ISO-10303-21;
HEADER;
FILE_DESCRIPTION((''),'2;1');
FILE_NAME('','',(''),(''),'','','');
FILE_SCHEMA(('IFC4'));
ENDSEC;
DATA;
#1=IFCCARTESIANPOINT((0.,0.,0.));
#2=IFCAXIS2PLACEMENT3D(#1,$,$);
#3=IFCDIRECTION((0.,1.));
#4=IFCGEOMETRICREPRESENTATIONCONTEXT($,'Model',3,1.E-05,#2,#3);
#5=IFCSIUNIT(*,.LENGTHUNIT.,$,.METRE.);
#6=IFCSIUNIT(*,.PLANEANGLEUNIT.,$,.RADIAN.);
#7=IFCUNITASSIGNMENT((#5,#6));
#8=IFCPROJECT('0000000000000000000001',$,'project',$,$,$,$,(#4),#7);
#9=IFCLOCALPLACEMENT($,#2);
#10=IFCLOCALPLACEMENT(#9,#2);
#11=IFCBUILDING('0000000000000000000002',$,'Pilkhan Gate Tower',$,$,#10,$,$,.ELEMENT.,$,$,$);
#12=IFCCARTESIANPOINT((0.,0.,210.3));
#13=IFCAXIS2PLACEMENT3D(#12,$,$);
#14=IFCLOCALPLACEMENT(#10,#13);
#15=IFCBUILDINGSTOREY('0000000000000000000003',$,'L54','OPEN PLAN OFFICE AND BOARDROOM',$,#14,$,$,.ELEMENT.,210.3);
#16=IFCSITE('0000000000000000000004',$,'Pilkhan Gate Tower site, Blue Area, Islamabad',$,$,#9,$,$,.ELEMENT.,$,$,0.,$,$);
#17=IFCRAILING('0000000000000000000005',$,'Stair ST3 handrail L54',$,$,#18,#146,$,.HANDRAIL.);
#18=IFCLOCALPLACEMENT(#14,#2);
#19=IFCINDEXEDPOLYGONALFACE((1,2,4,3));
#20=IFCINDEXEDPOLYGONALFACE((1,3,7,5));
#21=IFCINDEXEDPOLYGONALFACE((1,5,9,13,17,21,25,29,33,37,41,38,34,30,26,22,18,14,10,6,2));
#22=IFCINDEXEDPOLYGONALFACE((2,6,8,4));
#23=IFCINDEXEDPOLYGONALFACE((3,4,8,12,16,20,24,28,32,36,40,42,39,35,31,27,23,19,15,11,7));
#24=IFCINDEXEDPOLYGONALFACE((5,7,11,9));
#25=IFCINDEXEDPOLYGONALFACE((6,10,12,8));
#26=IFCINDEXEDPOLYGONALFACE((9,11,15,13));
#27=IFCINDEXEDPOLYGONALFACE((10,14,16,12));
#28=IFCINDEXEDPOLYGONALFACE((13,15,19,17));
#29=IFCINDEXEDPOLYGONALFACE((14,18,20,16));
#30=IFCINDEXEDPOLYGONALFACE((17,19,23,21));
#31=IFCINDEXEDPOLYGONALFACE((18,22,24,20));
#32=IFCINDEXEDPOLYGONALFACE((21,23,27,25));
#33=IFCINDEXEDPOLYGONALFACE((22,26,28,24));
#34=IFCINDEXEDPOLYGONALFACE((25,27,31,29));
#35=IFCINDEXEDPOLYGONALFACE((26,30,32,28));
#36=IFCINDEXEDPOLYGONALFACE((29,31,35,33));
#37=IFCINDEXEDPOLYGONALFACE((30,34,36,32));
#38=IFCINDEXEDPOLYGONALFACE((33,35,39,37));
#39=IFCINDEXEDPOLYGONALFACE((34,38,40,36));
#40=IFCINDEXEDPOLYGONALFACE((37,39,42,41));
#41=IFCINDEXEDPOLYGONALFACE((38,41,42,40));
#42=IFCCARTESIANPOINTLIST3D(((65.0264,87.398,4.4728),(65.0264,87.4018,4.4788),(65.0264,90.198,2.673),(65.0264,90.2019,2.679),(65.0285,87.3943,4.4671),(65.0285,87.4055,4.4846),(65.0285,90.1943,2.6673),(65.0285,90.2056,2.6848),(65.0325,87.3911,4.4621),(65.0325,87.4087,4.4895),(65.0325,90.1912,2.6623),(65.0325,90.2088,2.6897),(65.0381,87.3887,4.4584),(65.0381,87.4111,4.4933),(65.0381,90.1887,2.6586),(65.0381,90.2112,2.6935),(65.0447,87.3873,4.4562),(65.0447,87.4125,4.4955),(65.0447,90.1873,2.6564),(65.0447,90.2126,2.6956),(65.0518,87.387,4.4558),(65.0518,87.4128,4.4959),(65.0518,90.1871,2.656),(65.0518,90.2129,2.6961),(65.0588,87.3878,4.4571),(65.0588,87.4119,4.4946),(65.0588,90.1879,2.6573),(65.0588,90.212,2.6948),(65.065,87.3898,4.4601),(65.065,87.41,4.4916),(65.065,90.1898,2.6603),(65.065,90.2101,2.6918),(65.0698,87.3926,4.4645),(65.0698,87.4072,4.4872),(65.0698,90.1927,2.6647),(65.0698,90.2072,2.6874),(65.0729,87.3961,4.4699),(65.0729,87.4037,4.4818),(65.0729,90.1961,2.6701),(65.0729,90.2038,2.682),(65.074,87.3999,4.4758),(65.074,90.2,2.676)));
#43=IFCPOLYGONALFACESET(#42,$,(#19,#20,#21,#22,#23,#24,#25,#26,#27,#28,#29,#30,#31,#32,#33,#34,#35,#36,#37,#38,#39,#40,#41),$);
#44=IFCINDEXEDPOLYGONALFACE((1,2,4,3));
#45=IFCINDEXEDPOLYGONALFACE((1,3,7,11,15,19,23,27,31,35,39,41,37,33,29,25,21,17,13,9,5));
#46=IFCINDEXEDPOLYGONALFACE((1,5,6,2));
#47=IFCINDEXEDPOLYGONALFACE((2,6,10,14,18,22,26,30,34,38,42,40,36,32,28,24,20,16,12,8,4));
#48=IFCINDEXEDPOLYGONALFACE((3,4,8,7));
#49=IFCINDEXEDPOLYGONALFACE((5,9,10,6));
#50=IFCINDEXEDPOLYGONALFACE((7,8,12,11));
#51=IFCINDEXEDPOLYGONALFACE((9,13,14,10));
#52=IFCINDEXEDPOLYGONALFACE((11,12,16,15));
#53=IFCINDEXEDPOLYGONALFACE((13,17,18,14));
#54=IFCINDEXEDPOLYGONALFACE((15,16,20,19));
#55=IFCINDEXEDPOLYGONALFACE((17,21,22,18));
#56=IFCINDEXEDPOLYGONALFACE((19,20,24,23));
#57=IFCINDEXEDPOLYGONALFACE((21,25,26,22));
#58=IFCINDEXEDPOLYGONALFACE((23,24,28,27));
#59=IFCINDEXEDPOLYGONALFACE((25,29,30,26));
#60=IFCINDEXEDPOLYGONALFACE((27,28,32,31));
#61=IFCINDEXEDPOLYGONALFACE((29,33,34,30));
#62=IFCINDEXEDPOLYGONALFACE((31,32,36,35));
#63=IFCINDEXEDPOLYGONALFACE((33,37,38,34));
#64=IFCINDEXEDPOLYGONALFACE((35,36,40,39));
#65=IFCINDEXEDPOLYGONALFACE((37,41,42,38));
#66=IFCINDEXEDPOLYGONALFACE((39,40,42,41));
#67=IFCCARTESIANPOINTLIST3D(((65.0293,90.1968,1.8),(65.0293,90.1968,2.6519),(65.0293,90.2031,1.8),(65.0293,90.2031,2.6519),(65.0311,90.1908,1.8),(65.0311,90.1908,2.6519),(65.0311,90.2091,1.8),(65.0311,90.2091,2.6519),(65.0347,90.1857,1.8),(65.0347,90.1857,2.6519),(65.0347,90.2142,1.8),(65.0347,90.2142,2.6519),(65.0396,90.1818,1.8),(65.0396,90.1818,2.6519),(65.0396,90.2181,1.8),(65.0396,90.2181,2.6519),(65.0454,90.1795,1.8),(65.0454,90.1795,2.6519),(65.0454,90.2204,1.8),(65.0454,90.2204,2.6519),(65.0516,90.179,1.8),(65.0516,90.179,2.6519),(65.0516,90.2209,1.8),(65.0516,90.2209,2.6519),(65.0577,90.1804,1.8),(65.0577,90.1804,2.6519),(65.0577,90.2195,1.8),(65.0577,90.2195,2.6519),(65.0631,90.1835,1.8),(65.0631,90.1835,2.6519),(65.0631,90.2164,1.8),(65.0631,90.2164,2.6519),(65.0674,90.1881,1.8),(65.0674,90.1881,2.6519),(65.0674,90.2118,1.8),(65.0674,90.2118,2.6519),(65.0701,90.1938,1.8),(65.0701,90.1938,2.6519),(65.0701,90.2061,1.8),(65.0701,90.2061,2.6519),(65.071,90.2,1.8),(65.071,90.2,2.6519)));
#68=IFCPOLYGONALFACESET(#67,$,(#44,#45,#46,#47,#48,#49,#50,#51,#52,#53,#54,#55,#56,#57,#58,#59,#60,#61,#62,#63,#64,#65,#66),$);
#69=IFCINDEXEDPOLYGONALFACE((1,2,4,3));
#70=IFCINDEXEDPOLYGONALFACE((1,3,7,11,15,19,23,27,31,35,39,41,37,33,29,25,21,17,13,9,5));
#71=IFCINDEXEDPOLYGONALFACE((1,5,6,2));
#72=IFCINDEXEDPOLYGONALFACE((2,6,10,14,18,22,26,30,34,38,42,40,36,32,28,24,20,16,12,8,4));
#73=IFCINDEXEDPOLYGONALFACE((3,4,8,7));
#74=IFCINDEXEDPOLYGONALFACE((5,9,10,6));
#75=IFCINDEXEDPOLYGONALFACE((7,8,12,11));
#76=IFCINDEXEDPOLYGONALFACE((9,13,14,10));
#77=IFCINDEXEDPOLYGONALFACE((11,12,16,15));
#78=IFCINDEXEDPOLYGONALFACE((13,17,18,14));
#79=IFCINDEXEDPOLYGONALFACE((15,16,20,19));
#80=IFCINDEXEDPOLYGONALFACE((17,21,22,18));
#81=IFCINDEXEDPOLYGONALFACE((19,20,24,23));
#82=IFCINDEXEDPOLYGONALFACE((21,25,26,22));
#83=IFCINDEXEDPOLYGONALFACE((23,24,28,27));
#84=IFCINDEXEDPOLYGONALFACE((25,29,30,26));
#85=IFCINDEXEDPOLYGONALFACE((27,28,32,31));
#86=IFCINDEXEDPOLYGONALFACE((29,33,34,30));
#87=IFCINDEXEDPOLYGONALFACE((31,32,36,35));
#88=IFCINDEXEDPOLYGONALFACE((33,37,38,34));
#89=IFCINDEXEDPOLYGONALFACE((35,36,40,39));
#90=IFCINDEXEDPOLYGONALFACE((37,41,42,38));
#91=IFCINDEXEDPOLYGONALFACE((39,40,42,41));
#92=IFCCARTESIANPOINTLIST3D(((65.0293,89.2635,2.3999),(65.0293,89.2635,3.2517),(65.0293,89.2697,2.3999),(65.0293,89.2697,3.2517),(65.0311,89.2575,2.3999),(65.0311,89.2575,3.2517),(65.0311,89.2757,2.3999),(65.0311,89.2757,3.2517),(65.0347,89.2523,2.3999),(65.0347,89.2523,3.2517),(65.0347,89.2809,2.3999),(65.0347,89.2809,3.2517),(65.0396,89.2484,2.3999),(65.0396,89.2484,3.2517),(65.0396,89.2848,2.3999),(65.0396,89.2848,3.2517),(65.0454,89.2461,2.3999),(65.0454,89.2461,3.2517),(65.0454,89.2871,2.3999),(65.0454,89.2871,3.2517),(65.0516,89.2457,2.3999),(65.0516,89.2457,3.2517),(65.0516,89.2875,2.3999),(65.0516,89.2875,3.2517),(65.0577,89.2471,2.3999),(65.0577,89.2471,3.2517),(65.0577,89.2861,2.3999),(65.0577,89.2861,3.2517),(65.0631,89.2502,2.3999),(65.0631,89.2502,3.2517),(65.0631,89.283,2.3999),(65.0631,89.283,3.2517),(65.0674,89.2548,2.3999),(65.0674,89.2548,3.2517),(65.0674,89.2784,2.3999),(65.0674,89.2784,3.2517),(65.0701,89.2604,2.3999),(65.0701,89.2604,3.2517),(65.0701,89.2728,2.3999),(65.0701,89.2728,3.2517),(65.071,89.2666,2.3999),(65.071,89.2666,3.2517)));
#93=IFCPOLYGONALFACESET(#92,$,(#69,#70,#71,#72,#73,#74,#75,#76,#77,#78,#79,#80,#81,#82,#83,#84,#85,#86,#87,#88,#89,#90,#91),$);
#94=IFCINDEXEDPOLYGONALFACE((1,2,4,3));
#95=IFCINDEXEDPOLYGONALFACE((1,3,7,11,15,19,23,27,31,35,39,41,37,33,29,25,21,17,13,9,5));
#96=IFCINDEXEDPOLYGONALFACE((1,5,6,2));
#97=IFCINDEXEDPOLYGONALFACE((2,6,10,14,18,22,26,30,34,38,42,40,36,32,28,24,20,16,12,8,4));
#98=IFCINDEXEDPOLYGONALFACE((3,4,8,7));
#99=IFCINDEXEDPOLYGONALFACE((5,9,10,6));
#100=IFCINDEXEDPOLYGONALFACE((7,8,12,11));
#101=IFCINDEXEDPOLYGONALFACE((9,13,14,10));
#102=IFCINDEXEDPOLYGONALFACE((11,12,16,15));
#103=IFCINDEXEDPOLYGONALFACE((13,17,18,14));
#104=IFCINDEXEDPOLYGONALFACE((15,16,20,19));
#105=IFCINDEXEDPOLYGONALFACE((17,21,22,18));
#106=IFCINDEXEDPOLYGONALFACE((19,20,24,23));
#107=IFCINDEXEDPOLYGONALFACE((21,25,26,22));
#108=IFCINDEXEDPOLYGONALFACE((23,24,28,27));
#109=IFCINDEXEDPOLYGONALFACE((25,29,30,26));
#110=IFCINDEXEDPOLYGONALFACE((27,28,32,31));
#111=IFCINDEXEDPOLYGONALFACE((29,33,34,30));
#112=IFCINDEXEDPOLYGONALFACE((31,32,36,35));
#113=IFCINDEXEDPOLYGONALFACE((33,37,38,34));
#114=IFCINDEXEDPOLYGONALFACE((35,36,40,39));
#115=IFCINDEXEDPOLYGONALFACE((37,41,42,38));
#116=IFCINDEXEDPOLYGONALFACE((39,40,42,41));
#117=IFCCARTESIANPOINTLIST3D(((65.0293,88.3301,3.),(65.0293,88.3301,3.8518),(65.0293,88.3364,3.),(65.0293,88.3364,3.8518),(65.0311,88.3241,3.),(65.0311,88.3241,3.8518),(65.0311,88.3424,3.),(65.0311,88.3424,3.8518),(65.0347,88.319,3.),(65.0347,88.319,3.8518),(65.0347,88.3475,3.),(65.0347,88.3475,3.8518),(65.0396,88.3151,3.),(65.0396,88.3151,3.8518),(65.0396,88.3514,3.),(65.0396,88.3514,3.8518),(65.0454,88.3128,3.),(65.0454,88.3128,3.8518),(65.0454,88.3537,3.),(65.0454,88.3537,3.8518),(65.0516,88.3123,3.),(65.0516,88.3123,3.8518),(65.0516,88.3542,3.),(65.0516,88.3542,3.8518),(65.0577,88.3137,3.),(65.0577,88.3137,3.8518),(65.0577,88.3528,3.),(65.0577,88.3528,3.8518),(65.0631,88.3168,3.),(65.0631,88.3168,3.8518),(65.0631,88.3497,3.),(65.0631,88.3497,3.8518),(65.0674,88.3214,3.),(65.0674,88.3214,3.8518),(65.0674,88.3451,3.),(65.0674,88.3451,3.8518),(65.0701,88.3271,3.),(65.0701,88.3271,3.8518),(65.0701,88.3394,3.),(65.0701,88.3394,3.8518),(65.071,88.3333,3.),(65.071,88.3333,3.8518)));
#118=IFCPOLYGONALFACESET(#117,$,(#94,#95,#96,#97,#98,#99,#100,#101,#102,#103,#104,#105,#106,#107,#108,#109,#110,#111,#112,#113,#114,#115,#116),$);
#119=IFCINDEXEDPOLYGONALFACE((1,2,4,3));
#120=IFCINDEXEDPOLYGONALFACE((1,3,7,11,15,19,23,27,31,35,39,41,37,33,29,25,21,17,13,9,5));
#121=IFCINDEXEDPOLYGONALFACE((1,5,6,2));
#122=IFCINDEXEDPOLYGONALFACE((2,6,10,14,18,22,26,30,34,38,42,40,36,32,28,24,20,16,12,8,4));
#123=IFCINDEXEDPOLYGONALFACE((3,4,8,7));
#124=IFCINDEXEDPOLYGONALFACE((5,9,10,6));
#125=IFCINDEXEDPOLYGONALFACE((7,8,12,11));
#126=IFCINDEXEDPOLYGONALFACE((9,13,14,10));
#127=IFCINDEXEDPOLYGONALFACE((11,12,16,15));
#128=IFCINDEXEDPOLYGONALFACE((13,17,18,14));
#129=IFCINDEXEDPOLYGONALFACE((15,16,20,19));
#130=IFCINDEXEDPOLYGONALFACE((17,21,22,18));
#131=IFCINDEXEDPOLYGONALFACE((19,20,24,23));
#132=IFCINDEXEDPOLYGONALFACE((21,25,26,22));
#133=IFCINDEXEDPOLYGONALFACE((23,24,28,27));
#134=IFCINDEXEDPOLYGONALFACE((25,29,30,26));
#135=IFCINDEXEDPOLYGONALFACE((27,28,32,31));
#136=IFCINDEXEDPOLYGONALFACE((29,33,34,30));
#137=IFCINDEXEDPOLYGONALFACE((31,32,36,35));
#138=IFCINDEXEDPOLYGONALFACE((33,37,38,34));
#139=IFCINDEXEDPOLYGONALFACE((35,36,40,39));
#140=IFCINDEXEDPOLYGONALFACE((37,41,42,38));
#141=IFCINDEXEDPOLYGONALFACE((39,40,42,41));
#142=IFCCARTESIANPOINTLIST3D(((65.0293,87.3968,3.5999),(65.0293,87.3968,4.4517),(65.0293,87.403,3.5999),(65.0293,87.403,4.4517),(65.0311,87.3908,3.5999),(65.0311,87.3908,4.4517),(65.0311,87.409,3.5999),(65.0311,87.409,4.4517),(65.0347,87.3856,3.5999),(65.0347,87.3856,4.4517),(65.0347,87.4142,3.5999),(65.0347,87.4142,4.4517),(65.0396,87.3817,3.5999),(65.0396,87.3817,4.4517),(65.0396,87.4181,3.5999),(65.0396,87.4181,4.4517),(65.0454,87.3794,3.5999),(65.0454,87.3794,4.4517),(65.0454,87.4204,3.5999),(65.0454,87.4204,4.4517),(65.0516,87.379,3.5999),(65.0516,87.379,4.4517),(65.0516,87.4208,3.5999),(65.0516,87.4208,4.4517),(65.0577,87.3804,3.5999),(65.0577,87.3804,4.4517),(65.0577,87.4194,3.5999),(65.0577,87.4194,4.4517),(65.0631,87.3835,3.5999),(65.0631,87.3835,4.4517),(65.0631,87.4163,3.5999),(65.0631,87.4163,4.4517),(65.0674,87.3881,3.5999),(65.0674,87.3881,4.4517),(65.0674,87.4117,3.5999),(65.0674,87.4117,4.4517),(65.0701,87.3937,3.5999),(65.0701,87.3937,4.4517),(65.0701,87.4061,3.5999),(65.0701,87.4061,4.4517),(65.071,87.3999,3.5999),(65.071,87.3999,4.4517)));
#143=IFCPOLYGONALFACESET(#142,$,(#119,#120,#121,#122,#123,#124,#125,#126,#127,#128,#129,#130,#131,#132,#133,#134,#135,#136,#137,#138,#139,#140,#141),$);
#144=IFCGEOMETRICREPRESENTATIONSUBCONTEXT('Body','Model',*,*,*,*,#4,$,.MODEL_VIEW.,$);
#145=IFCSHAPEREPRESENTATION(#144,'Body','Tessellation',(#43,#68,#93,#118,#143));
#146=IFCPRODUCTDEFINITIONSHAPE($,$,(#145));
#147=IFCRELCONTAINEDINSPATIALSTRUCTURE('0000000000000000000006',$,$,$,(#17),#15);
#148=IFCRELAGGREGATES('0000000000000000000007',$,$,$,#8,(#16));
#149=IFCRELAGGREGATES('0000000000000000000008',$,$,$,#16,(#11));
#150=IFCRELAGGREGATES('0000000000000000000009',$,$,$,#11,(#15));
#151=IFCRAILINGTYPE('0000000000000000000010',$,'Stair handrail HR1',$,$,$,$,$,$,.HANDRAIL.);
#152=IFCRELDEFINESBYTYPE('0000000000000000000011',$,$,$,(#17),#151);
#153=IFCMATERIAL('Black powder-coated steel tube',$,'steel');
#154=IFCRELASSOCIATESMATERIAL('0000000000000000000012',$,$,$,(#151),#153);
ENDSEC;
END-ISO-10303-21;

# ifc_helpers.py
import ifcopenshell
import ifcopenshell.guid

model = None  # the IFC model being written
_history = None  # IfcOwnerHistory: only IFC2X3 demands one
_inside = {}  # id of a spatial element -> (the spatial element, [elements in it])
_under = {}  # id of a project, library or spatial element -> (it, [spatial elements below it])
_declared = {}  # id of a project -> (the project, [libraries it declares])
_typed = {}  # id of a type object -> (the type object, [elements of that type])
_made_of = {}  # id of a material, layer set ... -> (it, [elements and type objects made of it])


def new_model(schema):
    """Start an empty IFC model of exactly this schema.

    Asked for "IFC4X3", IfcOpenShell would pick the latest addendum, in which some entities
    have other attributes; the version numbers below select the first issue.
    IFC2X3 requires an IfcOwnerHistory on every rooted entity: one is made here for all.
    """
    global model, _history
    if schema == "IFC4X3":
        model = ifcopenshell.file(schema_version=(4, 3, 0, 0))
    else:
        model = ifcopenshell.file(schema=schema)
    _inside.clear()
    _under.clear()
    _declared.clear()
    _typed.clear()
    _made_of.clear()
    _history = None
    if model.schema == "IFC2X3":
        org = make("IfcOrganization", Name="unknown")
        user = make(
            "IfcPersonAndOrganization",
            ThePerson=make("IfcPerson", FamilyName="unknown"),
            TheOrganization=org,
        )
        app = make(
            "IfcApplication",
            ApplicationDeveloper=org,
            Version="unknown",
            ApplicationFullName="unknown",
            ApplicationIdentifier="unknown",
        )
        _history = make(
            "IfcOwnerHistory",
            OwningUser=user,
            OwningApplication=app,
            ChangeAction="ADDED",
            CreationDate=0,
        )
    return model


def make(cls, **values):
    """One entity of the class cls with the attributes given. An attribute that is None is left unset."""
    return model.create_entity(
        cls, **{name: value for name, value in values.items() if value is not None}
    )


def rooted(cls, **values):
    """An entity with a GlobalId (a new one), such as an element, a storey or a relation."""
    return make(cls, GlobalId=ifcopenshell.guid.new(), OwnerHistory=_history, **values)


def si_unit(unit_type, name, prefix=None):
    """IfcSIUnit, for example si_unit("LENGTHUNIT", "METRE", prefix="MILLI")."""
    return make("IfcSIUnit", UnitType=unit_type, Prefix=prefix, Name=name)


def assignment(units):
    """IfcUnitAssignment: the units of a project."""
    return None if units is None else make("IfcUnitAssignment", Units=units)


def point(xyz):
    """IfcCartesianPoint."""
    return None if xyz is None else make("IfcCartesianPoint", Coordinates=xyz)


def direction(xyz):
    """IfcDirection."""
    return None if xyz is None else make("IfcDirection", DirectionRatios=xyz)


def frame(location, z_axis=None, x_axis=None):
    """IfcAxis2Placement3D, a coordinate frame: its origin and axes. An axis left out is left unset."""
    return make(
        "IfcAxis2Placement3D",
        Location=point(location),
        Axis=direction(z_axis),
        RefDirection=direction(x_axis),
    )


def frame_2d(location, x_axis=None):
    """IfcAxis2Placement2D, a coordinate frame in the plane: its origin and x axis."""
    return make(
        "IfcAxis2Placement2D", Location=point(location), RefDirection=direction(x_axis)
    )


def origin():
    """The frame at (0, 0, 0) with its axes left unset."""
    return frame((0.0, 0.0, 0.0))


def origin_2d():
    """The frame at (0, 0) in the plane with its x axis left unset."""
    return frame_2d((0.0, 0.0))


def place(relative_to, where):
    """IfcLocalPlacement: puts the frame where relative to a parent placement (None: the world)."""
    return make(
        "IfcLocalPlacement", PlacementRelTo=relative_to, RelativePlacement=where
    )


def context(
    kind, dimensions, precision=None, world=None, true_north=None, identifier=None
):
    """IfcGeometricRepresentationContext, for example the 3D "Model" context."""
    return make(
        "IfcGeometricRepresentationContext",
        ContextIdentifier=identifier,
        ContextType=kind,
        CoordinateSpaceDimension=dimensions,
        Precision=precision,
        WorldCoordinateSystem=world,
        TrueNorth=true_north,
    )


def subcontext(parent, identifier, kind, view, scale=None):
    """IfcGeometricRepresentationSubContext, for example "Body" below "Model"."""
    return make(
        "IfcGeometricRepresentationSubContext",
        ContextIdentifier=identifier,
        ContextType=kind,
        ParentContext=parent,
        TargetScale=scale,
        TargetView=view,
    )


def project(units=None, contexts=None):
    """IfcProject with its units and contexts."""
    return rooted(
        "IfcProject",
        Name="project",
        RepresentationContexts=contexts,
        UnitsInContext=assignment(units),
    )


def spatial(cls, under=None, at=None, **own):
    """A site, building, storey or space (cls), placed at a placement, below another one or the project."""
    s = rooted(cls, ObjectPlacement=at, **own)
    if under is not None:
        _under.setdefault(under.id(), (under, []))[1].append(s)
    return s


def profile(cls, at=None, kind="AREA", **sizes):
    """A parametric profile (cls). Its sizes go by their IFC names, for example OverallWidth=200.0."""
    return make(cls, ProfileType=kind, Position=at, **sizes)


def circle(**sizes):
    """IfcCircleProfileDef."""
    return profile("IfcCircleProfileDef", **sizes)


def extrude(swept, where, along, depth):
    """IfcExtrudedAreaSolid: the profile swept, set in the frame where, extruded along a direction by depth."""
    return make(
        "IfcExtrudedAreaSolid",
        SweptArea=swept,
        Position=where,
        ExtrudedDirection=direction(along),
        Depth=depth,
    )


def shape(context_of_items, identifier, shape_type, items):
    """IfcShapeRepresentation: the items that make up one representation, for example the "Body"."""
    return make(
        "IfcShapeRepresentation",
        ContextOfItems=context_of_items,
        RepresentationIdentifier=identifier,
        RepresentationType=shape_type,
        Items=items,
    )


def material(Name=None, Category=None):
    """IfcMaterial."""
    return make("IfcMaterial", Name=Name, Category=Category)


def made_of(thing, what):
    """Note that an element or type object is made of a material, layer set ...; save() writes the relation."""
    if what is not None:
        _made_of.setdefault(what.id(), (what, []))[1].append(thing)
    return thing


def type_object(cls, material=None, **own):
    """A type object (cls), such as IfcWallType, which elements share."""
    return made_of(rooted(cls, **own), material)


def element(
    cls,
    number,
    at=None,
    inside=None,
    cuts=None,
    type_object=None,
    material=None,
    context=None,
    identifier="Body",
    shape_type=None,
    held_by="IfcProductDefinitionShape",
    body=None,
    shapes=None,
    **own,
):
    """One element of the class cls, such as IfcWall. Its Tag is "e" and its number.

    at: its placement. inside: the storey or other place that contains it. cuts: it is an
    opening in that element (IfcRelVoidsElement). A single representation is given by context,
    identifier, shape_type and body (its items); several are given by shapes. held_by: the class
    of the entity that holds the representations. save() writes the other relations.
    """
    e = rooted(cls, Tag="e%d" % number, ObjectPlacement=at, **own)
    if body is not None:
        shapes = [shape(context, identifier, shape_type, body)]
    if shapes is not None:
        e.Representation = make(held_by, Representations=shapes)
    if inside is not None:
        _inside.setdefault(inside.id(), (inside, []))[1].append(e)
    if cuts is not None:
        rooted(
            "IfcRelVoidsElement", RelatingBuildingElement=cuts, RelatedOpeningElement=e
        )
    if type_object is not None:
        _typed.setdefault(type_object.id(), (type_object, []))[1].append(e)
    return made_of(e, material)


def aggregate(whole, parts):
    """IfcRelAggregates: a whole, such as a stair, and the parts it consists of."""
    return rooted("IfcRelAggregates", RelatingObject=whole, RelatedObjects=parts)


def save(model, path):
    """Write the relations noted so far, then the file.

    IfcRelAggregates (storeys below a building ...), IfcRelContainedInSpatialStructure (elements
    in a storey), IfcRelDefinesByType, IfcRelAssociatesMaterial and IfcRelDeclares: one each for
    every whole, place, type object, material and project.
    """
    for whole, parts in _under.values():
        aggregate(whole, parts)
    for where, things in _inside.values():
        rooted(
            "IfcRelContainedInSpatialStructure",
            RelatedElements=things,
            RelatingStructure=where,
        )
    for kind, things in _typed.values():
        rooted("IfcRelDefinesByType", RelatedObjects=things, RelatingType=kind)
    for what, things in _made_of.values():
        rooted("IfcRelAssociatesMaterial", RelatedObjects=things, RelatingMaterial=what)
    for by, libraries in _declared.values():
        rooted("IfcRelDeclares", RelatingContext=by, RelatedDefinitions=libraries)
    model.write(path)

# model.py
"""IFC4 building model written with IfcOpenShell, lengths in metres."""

from ifc_helpers import new_model, si_unit, direction, frame, origin, origin_2d, place, context, subcontext, project, spatial, circle, extrude, material, type_object, element, save


model = new_model("IFC4")

# Units and contexts
model_context = context("Model", 3, precision=1e-05, world=origin(), true_north=direction((0.0, 1.0)))
body_context = subcontext(model_context, "Body", "Model", "MODEL_VIEW")
ifc_project = project(units=[si_unit("LENGTHUNIT", "METRE"), si_unit("PLANEANGLEUNIT", "RADIAN")], contexts=[model_context])

# Site, building, storey
site_placement = place(None, origin())
site = spatial("IfcSite", under=ifc_project, at=site_placement, Name="Pilkhan Gate Tower site, Blue Area, Islamabad", CompositionType="ELEMENT", RefElevation=0.0)
building_placement = place(site_placement, origin())
building = spatial("IfcBuilding", under=site, at=building_placement, Name="Pilkhan Gate Tower", CompositionType="ELEMENT")
storey_placement = place(building_placement, frame((0.0, 0.0, 210.3)))
storey = spatial("IfcBuildingStorey", under=building, at=storey_placement, Name="L54", Description="OPEN PLAN OFFICE AND BOARDROOM", CompositionType="ELEMENT", Elevation=210.3)

# Railing
ifc_material_1 = material(Name="Black powder-coated steel tube", Category="steel")
railing_type_1 = type_object("IfcRailingType", Name="Stair handrail HR1", PredefinedType="HANDRAIL", material=ifc_material_1)
railing_1_placement = place(storey_placement, frame((65.05, 90.2, 1.8)))
element("IfcRailing", 1, at=railing_1_placement, inside=storey, type_object=railing_type_1, Name="Stair ST3 handrail L54", PredefinedType="HANDRAIL", context=body_context, shape_type="SweptSolid", body=[
    extrude(circle(Radius=0.0239, at=origin_2d()), frame((0.0, 0.0, 0.876), z_axis=(0.0, -0.841209, 0.540709), x_axis=(1.0, 0.0, 0.0)), (0.0, 0.0, 1.0), 3.3286),
    extrude(circle(Radius=0.021, at=origin_2d()), origin(), (0.0, 0.0, 1.0), 0.8518),
    extrude(circle(Radius=0.021, at=origin_2d()), frame((0.0, -0.9333, 0.5999)), (0.0, 0.0, 1.0), 0.8518),
    extrude(circle(Radius=0.021, at=origin_2d()), frame((0.0, -1.8667, 1.2)), (0.0, 0.0, 1.0), 0.8518),
    extrude(circle(Radius=0.021, at=origin_2d()), frame((0.0, -2.8, 1.7998)), (0.0, 0.0, 1.0), 0.8518),
])

save(model, "model.ifc")
